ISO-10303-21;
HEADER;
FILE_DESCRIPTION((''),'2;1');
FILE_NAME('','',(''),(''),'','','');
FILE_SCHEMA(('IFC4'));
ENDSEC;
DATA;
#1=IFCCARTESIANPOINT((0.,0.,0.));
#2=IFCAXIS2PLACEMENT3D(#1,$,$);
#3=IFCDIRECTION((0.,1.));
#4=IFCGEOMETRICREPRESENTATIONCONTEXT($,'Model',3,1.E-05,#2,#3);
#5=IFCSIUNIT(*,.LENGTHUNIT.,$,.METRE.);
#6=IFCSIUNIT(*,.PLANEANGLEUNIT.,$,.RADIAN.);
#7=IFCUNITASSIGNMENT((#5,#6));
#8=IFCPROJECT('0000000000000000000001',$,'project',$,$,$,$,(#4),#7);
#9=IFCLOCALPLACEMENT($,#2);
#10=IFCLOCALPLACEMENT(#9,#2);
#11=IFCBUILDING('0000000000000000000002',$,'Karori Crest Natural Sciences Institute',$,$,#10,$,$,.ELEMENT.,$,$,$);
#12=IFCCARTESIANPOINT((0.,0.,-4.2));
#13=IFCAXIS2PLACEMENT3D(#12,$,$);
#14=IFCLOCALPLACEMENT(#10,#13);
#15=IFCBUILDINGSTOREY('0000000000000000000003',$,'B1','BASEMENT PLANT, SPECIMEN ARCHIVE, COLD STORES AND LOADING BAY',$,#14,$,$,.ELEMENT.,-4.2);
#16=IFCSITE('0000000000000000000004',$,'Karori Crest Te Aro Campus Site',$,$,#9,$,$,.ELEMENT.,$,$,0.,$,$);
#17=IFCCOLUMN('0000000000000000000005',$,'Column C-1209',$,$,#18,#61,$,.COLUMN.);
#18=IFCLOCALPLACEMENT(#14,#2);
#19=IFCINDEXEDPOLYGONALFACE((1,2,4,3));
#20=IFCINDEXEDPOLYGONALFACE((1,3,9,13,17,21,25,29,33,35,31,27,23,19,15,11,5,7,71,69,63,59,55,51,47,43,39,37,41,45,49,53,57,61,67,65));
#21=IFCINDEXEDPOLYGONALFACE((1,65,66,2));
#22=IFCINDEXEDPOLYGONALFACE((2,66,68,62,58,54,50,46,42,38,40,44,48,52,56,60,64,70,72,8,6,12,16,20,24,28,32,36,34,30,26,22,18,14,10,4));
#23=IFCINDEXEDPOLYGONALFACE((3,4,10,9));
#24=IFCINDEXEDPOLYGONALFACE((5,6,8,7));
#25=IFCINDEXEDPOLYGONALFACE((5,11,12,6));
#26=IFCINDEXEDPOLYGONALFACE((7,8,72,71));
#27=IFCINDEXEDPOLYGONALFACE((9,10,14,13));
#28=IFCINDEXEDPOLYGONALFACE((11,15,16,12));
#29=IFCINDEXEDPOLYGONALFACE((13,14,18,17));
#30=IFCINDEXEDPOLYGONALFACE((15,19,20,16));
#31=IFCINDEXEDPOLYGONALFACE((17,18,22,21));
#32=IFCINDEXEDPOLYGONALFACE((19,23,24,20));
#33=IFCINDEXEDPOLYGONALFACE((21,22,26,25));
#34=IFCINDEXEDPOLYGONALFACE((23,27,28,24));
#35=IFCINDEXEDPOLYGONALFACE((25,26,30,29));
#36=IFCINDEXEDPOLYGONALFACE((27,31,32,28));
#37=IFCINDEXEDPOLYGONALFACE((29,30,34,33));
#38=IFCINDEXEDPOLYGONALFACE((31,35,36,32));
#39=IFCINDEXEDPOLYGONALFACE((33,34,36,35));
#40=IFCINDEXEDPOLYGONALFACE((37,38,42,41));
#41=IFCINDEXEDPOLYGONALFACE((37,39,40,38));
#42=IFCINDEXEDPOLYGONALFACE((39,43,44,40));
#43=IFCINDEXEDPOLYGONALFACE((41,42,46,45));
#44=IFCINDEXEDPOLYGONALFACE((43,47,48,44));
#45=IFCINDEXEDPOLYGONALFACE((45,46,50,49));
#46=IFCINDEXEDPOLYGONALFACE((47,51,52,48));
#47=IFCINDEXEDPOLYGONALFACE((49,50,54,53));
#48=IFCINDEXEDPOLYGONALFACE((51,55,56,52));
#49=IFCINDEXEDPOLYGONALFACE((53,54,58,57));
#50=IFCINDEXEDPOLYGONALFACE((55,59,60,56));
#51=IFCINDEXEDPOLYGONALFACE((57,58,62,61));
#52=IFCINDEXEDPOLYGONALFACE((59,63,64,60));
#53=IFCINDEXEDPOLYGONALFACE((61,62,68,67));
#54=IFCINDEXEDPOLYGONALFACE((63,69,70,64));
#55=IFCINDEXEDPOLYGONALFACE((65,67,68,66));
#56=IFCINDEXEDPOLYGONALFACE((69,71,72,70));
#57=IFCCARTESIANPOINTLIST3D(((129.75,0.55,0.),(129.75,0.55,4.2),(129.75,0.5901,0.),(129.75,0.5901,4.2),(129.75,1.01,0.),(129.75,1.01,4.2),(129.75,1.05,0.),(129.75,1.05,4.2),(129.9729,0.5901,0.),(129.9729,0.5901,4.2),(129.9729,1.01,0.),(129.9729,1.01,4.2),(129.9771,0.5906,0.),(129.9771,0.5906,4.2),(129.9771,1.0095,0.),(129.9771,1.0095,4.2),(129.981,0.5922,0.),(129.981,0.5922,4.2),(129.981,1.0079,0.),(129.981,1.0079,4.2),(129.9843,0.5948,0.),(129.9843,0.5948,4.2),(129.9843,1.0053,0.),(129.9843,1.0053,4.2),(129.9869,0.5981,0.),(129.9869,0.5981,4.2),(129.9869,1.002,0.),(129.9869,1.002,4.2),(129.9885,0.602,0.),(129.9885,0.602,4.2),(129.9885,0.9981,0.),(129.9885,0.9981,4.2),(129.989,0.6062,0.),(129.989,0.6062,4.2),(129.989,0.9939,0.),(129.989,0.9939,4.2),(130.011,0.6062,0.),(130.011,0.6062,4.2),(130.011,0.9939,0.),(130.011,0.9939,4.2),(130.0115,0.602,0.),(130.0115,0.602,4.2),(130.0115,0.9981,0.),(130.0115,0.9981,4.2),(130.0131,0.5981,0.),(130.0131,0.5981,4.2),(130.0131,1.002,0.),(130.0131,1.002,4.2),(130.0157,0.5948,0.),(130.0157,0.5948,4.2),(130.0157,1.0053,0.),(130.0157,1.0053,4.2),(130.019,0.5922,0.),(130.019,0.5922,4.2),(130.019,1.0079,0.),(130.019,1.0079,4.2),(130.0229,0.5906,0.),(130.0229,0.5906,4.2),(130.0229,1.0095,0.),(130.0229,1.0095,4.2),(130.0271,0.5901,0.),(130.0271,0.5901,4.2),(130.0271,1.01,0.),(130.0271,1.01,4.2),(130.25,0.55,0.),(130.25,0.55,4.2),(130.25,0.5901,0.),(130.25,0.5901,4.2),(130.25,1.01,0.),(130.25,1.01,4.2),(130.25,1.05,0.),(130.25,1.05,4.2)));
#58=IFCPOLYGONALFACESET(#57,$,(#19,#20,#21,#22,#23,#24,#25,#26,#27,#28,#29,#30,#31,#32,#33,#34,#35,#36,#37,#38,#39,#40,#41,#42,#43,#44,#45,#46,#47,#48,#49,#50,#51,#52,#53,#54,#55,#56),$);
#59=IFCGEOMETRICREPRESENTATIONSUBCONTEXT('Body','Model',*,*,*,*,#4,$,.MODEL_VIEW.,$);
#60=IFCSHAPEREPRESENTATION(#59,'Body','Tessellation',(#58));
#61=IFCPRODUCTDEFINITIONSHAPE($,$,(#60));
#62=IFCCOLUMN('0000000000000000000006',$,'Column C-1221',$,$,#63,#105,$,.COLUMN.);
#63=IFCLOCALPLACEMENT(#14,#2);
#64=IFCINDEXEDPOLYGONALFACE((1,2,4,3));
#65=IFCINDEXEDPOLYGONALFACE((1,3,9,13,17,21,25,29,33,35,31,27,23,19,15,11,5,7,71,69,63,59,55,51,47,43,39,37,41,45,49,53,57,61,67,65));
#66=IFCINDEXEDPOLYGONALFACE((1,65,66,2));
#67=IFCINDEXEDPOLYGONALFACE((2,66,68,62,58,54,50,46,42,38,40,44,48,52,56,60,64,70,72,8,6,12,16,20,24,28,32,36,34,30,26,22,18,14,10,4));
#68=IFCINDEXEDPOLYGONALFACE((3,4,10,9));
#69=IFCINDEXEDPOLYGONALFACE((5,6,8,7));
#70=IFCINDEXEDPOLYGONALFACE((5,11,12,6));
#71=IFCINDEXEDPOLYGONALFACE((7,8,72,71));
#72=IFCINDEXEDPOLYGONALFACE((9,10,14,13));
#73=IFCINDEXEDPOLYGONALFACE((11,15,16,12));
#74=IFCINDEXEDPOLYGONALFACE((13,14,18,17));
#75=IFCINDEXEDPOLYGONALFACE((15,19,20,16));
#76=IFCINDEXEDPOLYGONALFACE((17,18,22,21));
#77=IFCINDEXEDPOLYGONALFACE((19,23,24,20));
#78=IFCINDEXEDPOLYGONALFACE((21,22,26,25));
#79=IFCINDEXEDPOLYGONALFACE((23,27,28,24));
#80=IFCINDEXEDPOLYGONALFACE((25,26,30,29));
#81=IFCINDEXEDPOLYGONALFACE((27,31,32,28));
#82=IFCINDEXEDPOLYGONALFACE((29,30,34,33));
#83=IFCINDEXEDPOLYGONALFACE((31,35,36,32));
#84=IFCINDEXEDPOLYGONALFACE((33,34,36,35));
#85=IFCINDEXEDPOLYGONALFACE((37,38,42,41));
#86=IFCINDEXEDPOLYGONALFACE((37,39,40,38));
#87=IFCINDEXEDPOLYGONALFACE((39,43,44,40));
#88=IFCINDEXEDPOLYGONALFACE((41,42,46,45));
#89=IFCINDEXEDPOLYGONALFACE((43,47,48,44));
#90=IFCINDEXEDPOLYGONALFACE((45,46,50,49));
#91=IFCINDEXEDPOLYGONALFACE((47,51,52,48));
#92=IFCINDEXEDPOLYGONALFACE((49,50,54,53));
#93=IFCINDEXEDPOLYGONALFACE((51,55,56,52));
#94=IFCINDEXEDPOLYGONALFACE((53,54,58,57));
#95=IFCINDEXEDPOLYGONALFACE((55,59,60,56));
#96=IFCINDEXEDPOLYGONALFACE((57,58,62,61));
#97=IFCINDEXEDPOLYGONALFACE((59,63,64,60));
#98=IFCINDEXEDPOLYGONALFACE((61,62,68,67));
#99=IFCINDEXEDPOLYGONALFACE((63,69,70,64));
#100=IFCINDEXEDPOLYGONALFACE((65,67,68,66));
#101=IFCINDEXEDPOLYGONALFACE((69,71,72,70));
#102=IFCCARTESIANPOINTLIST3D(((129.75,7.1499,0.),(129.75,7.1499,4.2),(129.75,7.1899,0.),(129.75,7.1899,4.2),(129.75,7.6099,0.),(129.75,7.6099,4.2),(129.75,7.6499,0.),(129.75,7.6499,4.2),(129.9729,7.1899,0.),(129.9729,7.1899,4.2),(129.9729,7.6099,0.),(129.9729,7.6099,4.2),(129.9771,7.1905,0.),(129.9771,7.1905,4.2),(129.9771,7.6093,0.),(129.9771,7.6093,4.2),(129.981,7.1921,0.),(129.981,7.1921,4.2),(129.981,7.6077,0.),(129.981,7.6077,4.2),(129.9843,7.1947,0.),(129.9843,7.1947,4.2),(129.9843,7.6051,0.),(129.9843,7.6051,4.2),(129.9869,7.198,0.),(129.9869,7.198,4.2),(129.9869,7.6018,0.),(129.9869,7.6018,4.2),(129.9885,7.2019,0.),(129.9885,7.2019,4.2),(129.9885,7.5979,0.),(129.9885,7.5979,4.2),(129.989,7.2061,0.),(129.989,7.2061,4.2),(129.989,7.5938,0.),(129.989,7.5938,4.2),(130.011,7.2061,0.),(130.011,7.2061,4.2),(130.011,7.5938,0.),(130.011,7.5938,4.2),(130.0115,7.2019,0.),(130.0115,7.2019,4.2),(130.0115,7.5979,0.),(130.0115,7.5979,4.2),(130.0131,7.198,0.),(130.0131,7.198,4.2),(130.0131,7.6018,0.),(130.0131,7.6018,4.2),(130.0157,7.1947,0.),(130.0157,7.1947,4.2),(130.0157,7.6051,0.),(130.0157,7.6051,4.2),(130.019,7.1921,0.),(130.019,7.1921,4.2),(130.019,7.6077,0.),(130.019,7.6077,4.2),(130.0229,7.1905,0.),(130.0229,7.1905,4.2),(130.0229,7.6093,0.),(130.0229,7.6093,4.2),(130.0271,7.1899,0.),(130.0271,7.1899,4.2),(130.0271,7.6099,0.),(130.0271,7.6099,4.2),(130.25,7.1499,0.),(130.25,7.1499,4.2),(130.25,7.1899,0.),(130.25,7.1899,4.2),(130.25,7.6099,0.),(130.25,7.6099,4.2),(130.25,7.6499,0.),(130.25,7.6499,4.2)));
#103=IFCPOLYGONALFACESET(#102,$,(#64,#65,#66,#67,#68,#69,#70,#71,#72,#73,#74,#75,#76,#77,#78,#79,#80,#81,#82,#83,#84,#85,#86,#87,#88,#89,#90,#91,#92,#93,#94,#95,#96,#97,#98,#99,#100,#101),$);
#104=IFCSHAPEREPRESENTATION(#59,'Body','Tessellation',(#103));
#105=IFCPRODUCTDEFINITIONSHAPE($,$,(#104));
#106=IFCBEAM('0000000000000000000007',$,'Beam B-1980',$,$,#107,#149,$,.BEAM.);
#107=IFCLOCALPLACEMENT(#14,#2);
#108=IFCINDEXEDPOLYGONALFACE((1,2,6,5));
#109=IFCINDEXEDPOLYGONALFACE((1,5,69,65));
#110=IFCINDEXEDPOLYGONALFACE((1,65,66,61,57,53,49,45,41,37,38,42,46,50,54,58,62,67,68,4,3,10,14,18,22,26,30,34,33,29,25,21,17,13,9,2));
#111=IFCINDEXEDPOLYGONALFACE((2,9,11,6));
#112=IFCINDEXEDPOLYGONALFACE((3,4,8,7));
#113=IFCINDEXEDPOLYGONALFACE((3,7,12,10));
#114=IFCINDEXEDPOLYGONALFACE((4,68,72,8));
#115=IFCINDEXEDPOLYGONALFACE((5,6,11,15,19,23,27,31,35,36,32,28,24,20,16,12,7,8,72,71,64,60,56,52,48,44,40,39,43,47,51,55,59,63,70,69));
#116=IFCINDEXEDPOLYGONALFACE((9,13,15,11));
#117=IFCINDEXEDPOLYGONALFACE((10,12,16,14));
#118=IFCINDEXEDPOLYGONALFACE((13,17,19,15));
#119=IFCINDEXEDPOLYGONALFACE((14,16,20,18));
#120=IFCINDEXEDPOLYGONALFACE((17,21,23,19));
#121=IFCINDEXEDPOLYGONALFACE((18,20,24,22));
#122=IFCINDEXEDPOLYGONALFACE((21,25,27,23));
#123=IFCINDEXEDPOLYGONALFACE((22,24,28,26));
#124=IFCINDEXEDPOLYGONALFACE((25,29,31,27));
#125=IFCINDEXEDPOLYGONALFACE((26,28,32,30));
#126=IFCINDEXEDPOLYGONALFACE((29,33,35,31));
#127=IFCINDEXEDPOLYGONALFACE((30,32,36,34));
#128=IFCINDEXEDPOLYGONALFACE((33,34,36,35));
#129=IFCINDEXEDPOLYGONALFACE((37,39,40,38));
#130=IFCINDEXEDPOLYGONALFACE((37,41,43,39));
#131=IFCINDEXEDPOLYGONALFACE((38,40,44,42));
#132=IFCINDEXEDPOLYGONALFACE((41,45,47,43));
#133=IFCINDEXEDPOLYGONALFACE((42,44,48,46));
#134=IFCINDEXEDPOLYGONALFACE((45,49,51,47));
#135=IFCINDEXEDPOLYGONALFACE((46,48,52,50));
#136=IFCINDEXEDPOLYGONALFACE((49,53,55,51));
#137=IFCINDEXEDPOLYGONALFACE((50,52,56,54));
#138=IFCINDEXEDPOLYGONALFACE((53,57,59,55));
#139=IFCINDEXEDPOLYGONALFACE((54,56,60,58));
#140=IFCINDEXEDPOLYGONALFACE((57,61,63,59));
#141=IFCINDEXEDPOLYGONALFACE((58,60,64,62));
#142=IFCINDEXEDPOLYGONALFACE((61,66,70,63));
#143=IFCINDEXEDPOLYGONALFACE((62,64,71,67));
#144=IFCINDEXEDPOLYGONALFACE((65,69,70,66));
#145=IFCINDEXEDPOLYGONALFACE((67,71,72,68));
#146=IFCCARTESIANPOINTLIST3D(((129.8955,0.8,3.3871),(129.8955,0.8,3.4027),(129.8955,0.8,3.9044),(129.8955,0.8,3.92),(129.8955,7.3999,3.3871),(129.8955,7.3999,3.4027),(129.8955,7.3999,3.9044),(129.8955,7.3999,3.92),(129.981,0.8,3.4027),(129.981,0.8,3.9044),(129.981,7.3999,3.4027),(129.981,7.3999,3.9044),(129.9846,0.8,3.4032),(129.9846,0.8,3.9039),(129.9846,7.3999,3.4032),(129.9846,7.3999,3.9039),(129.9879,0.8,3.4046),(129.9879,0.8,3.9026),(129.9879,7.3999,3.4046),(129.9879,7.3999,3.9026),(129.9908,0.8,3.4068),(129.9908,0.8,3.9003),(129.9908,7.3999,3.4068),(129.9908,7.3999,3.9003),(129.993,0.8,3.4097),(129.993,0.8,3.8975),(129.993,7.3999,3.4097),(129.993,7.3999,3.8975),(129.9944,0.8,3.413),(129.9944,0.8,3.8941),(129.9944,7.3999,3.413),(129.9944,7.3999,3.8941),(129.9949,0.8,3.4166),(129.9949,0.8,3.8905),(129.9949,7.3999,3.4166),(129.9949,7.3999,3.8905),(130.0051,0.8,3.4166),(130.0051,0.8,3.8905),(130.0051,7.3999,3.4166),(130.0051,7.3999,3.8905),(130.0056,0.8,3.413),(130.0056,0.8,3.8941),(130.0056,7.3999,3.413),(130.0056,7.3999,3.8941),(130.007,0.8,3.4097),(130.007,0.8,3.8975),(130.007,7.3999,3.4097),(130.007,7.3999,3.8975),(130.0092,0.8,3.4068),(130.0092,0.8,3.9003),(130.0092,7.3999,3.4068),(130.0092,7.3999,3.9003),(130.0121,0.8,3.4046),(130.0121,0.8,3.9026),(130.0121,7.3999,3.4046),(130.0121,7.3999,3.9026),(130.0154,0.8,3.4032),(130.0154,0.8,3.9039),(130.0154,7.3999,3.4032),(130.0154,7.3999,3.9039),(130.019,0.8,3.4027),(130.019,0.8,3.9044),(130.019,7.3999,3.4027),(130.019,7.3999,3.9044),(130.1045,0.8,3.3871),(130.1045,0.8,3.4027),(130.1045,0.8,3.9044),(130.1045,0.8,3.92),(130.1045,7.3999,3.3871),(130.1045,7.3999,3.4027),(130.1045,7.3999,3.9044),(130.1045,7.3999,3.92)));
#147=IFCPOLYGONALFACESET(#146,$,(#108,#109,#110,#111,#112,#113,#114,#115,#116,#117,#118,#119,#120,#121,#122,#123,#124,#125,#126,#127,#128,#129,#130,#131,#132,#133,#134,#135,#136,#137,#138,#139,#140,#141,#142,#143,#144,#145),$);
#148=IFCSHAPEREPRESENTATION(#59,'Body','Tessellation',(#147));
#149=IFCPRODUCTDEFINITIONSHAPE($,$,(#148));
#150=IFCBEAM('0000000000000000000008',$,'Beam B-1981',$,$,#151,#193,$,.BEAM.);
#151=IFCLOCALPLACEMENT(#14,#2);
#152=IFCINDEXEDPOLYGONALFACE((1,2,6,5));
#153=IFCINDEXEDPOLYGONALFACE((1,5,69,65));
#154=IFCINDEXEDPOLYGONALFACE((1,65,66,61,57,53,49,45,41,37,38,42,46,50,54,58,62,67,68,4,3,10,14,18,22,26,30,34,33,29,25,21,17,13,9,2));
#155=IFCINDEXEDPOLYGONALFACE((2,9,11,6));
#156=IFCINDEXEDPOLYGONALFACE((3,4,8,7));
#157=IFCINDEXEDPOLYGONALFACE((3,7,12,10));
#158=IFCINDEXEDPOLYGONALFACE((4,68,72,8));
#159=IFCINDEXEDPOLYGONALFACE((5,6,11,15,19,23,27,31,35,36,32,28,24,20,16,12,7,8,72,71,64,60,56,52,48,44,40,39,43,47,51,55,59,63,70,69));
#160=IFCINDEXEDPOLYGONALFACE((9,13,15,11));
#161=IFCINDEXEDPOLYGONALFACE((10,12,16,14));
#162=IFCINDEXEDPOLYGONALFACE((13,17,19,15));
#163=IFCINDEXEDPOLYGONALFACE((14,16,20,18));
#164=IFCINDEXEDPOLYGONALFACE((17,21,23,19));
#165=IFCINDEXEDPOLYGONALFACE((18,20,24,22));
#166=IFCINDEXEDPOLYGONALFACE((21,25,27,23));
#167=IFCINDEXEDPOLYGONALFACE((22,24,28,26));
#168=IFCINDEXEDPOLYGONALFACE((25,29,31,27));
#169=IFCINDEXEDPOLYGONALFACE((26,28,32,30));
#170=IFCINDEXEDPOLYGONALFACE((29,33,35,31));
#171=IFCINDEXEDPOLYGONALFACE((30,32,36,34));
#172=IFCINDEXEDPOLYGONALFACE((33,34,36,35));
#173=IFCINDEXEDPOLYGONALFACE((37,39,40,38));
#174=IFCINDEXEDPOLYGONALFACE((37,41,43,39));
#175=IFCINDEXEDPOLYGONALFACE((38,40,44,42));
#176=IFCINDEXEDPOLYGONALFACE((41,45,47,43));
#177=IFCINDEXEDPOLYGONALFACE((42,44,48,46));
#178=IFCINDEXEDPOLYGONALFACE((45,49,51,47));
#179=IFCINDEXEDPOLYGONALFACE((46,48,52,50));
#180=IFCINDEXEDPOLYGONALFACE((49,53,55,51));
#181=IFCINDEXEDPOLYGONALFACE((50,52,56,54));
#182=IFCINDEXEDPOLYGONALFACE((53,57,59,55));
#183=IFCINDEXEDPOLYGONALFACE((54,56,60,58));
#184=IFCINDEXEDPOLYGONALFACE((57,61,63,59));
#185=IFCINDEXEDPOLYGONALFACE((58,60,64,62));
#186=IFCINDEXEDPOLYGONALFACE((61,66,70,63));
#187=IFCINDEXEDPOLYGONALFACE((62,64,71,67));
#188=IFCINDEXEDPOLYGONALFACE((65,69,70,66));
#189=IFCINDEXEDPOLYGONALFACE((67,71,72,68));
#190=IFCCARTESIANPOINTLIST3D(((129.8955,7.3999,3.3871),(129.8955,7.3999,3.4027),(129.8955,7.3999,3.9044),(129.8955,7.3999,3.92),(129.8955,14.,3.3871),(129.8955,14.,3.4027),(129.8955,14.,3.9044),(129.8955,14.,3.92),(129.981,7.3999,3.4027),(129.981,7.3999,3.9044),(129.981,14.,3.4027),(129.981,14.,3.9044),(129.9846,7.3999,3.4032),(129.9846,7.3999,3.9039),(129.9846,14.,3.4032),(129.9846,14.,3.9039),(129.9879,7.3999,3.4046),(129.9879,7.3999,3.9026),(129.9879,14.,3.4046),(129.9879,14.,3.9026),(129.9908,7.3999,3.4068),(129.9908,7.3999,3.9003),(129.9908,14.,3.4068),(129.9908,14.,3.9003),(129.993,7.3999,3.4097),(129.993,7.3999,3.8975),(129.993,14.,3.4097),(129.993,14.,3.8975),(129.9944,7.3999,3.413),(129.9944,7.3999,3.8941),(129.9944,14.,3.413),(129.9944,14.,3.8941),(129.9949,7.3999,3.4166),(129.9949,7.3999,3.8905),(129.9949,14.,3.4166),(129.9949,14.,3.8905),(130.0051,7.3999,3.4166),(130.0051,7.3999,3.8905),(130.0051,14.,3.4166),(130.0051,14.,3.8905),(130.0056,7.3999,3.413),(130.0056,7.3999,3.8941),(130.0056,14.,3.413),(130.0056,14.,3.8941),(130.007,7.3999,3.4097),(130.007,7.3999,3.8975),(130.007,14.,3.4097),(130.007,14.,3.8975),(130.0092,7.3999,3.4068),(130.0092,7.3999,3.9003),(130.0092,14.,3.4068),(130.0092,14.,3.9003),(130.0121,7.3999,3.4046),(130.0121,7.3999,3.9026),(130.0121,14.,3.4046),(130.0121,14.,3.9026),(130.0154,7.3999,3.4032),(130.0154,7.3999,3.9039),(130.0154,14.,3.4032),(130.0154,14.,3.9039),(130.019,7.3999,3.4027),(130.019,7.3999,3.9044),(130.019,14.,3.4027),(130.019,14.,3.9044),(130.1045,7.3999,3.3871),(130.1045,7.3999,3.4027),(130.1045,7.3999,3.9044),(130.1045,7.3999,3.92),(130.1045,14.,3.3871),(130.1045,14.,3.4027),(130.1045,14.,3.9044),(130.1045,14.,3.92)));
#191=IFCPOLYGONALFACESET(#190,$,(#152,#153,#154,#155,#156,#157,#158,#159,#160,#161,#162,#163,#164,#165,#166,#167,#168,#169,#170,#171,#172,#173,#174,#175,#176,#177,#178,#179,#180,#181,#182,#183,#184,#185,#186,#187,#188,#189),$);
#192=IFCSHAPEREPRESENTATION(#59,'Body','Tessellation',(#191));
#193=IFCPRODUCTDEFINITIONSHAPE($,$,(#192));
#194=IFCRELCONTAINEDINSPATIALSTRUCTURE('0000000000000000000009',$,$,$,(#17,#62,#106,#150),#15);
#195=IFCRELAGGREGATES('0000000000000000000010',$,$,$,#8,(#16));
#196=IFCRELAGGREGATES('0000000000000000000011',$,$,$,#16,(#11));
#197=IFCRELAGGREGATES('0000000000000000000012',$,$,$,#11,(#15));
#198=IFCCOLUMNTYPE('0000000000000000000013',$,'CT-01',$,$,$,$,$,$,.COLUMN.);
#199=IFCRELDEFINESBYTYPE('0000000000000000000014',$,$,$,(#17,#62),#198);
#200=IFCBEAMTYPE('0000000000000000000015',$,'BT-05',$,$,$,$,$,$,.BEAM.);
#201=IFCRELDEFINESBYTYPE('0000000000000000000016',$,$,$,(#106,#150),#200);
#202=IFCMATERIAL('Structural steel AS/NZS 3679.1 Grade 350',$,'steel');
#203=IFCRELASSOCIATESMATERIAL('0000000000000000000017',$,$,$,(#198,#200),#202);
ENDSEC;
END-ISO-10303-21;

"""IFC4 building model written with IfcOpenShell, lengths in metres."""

from ifc_helpers import new_model, si_unit, direction, frame, origin, origin_2d, place, context, subcontext, project, spatial, i_section, extrude, material, material_profile, profile_set, type_object, element, save


model = new_model("IFC4")

# Units and contexts
model_context = context("Model", 3, precision=1e-05, world=origin(), true_north=direction((0.0, 1.0)))
body_context = subcontext(model_context, "Body", "Model", "MODEL_VIEW")
ifc_project = project(units=[si_unit("LENGTHUNIT", "METRE"), si_unit("PLANEANGLEUNIT", "RADIAN")], contexts=[model_context])

# Site, building, storey
site_placement = place(None, origin())
site = spatial("IfcSite", under=ifc_project, at=site_placement, Name="Karori Crest Te Aro Campus Site", CompositionType="ELEMENT", RefElevation=0.0)
building_placement = place(site_placement, origin())
building = spatial("IfcBuilding", under=site, at=building_placement, Name="Karori Crest Natural Sciences Institute", CompositionType="ELEMENT")
storey_placement = place(building_placement, frame((0.0, 0.0, -4.2)))
storey = spatial("IfcBuildingStorey", under=building, at=storey_placement, Name="B1", Description="BASEMENT PLANT, SPECIMEN ARCHIVE, COLD STORES AND LOADING BAY", CompositionType="ELEMENT", Elevation=-4.2)

# Columns
ifc_material_1 = material(Name="Structural steel AS/NZS 3679.1 Grade 350", Category="steel")
ifc_material_profile_1 = material_profile(ifc_material_1, i_section(OverallWidth=0.5, OverallDepth=0.5, WebThickness=0.022, FlangeThickness=0.04, FilletRadius=0.0161, at=origin_2d()), Name="500WC440")
ifc_profile_set_1 = profile_set([ifc_material_profile_1], Name="Structural steel AS/NZS 3679.1 Grade 350")
column_type = type_object("IfcColumnType", Name="CT-01", PredefinedType="COLUMN", material=ifc_profile_set_1)
for number, where, z_axis, x_axis, name in (
    (1, (130.0, 0.8, 0.0), (0.0, 0.0, 1.0), (1.0, 0.0, 0.0), "Column C-1209"),
    (2, (130.0, 7.3999, 0.0), (0.0, 0.0, 1.0), (1.0, 0.0, 0.0), "Column C-1221"),
):
    element("IfcColumn", number, at=place(storey_placement, frame(where, z_axis=z_axis, x_axis=x_axis)), inside=storey, type_object=column_type, Name=name, PredefinedType="COLUMN", context=body_context, shape_type="SweptSolid", body=[
        extrude(i_section(OverallWidth=0.5, OverallDepth=0.5, WebThickness=0.022, FlangeThickness=0.04, FilletRadius=0.0161, at=origin_2d()), origin(), (0.0, 0.0, 1.0), 4.2),
    ])

# Beams
ifc_material_profile_2 = material_profile(ifc_material_1, i_section(OverallWidth=0.209, OverallDepth=0.533, WebThickness=0.0103, FlangeThickness=0.0156, FilletRadius=0.0139, at=origin_2d()), Name="530UB92.4")
ifc_profile_set_2 = profile_set([ifc_material_profile_2], Name="Structural steel AS/NZS 3679.1 Grade 350")
beam_type_1 = type_object("IfcBeamType", Name="BT-05", PredefinedType="BEAM", material=ifc_profile_set_2)
beam_1_placement = place(storey_placement, frame((130.0, 0.8, 3.6536), z_axis=(0.0, 1.0, 0.0), x_axis=(-1.0, 0.0, 0.0)))
element("IfcBeam", 3, at=beam_1_placement, inside=storey, type_object=beam_type_1, Name="Beam B-1980", PredefinedType="BEAM", context=body_context, shape_type="SweptSolid", body=[
    extrude(i_section(OverallWidth=0.209, OverallDepth=0.533, WebThickness=0.0103, FlangeThickness=0.0156, FilletRadius=0.0139, at=origin_2d()), origin(), (0.0, 0.0, 1.0), 6.5999),
])
beam_2_placement = place(storey_placement, frame((130.0, 7.3999, 3.6536), z_axis=(0.0, 1.0, 0.0), x_axis=(-1.0, 0.0, 0.0)))
element("IfcBeam", 4, at=beam_2_placement, inside=storey, type_object=beam_type_1, Name="Beam B-1981", PredefinedType="BEAM", context=body_context, shape_type="SweptSolid", body=[
    extrude(i_section(OverallWidth=0.209, OverallDepth=0.533, WebThickness=0.0103, FlangeThickness=0.0156, FilletRadius=0.0139, at=origin_2d()), origin(), (0.0, 0.0, 1.0), 6.6001),
])

save(model, "model.ifc")
